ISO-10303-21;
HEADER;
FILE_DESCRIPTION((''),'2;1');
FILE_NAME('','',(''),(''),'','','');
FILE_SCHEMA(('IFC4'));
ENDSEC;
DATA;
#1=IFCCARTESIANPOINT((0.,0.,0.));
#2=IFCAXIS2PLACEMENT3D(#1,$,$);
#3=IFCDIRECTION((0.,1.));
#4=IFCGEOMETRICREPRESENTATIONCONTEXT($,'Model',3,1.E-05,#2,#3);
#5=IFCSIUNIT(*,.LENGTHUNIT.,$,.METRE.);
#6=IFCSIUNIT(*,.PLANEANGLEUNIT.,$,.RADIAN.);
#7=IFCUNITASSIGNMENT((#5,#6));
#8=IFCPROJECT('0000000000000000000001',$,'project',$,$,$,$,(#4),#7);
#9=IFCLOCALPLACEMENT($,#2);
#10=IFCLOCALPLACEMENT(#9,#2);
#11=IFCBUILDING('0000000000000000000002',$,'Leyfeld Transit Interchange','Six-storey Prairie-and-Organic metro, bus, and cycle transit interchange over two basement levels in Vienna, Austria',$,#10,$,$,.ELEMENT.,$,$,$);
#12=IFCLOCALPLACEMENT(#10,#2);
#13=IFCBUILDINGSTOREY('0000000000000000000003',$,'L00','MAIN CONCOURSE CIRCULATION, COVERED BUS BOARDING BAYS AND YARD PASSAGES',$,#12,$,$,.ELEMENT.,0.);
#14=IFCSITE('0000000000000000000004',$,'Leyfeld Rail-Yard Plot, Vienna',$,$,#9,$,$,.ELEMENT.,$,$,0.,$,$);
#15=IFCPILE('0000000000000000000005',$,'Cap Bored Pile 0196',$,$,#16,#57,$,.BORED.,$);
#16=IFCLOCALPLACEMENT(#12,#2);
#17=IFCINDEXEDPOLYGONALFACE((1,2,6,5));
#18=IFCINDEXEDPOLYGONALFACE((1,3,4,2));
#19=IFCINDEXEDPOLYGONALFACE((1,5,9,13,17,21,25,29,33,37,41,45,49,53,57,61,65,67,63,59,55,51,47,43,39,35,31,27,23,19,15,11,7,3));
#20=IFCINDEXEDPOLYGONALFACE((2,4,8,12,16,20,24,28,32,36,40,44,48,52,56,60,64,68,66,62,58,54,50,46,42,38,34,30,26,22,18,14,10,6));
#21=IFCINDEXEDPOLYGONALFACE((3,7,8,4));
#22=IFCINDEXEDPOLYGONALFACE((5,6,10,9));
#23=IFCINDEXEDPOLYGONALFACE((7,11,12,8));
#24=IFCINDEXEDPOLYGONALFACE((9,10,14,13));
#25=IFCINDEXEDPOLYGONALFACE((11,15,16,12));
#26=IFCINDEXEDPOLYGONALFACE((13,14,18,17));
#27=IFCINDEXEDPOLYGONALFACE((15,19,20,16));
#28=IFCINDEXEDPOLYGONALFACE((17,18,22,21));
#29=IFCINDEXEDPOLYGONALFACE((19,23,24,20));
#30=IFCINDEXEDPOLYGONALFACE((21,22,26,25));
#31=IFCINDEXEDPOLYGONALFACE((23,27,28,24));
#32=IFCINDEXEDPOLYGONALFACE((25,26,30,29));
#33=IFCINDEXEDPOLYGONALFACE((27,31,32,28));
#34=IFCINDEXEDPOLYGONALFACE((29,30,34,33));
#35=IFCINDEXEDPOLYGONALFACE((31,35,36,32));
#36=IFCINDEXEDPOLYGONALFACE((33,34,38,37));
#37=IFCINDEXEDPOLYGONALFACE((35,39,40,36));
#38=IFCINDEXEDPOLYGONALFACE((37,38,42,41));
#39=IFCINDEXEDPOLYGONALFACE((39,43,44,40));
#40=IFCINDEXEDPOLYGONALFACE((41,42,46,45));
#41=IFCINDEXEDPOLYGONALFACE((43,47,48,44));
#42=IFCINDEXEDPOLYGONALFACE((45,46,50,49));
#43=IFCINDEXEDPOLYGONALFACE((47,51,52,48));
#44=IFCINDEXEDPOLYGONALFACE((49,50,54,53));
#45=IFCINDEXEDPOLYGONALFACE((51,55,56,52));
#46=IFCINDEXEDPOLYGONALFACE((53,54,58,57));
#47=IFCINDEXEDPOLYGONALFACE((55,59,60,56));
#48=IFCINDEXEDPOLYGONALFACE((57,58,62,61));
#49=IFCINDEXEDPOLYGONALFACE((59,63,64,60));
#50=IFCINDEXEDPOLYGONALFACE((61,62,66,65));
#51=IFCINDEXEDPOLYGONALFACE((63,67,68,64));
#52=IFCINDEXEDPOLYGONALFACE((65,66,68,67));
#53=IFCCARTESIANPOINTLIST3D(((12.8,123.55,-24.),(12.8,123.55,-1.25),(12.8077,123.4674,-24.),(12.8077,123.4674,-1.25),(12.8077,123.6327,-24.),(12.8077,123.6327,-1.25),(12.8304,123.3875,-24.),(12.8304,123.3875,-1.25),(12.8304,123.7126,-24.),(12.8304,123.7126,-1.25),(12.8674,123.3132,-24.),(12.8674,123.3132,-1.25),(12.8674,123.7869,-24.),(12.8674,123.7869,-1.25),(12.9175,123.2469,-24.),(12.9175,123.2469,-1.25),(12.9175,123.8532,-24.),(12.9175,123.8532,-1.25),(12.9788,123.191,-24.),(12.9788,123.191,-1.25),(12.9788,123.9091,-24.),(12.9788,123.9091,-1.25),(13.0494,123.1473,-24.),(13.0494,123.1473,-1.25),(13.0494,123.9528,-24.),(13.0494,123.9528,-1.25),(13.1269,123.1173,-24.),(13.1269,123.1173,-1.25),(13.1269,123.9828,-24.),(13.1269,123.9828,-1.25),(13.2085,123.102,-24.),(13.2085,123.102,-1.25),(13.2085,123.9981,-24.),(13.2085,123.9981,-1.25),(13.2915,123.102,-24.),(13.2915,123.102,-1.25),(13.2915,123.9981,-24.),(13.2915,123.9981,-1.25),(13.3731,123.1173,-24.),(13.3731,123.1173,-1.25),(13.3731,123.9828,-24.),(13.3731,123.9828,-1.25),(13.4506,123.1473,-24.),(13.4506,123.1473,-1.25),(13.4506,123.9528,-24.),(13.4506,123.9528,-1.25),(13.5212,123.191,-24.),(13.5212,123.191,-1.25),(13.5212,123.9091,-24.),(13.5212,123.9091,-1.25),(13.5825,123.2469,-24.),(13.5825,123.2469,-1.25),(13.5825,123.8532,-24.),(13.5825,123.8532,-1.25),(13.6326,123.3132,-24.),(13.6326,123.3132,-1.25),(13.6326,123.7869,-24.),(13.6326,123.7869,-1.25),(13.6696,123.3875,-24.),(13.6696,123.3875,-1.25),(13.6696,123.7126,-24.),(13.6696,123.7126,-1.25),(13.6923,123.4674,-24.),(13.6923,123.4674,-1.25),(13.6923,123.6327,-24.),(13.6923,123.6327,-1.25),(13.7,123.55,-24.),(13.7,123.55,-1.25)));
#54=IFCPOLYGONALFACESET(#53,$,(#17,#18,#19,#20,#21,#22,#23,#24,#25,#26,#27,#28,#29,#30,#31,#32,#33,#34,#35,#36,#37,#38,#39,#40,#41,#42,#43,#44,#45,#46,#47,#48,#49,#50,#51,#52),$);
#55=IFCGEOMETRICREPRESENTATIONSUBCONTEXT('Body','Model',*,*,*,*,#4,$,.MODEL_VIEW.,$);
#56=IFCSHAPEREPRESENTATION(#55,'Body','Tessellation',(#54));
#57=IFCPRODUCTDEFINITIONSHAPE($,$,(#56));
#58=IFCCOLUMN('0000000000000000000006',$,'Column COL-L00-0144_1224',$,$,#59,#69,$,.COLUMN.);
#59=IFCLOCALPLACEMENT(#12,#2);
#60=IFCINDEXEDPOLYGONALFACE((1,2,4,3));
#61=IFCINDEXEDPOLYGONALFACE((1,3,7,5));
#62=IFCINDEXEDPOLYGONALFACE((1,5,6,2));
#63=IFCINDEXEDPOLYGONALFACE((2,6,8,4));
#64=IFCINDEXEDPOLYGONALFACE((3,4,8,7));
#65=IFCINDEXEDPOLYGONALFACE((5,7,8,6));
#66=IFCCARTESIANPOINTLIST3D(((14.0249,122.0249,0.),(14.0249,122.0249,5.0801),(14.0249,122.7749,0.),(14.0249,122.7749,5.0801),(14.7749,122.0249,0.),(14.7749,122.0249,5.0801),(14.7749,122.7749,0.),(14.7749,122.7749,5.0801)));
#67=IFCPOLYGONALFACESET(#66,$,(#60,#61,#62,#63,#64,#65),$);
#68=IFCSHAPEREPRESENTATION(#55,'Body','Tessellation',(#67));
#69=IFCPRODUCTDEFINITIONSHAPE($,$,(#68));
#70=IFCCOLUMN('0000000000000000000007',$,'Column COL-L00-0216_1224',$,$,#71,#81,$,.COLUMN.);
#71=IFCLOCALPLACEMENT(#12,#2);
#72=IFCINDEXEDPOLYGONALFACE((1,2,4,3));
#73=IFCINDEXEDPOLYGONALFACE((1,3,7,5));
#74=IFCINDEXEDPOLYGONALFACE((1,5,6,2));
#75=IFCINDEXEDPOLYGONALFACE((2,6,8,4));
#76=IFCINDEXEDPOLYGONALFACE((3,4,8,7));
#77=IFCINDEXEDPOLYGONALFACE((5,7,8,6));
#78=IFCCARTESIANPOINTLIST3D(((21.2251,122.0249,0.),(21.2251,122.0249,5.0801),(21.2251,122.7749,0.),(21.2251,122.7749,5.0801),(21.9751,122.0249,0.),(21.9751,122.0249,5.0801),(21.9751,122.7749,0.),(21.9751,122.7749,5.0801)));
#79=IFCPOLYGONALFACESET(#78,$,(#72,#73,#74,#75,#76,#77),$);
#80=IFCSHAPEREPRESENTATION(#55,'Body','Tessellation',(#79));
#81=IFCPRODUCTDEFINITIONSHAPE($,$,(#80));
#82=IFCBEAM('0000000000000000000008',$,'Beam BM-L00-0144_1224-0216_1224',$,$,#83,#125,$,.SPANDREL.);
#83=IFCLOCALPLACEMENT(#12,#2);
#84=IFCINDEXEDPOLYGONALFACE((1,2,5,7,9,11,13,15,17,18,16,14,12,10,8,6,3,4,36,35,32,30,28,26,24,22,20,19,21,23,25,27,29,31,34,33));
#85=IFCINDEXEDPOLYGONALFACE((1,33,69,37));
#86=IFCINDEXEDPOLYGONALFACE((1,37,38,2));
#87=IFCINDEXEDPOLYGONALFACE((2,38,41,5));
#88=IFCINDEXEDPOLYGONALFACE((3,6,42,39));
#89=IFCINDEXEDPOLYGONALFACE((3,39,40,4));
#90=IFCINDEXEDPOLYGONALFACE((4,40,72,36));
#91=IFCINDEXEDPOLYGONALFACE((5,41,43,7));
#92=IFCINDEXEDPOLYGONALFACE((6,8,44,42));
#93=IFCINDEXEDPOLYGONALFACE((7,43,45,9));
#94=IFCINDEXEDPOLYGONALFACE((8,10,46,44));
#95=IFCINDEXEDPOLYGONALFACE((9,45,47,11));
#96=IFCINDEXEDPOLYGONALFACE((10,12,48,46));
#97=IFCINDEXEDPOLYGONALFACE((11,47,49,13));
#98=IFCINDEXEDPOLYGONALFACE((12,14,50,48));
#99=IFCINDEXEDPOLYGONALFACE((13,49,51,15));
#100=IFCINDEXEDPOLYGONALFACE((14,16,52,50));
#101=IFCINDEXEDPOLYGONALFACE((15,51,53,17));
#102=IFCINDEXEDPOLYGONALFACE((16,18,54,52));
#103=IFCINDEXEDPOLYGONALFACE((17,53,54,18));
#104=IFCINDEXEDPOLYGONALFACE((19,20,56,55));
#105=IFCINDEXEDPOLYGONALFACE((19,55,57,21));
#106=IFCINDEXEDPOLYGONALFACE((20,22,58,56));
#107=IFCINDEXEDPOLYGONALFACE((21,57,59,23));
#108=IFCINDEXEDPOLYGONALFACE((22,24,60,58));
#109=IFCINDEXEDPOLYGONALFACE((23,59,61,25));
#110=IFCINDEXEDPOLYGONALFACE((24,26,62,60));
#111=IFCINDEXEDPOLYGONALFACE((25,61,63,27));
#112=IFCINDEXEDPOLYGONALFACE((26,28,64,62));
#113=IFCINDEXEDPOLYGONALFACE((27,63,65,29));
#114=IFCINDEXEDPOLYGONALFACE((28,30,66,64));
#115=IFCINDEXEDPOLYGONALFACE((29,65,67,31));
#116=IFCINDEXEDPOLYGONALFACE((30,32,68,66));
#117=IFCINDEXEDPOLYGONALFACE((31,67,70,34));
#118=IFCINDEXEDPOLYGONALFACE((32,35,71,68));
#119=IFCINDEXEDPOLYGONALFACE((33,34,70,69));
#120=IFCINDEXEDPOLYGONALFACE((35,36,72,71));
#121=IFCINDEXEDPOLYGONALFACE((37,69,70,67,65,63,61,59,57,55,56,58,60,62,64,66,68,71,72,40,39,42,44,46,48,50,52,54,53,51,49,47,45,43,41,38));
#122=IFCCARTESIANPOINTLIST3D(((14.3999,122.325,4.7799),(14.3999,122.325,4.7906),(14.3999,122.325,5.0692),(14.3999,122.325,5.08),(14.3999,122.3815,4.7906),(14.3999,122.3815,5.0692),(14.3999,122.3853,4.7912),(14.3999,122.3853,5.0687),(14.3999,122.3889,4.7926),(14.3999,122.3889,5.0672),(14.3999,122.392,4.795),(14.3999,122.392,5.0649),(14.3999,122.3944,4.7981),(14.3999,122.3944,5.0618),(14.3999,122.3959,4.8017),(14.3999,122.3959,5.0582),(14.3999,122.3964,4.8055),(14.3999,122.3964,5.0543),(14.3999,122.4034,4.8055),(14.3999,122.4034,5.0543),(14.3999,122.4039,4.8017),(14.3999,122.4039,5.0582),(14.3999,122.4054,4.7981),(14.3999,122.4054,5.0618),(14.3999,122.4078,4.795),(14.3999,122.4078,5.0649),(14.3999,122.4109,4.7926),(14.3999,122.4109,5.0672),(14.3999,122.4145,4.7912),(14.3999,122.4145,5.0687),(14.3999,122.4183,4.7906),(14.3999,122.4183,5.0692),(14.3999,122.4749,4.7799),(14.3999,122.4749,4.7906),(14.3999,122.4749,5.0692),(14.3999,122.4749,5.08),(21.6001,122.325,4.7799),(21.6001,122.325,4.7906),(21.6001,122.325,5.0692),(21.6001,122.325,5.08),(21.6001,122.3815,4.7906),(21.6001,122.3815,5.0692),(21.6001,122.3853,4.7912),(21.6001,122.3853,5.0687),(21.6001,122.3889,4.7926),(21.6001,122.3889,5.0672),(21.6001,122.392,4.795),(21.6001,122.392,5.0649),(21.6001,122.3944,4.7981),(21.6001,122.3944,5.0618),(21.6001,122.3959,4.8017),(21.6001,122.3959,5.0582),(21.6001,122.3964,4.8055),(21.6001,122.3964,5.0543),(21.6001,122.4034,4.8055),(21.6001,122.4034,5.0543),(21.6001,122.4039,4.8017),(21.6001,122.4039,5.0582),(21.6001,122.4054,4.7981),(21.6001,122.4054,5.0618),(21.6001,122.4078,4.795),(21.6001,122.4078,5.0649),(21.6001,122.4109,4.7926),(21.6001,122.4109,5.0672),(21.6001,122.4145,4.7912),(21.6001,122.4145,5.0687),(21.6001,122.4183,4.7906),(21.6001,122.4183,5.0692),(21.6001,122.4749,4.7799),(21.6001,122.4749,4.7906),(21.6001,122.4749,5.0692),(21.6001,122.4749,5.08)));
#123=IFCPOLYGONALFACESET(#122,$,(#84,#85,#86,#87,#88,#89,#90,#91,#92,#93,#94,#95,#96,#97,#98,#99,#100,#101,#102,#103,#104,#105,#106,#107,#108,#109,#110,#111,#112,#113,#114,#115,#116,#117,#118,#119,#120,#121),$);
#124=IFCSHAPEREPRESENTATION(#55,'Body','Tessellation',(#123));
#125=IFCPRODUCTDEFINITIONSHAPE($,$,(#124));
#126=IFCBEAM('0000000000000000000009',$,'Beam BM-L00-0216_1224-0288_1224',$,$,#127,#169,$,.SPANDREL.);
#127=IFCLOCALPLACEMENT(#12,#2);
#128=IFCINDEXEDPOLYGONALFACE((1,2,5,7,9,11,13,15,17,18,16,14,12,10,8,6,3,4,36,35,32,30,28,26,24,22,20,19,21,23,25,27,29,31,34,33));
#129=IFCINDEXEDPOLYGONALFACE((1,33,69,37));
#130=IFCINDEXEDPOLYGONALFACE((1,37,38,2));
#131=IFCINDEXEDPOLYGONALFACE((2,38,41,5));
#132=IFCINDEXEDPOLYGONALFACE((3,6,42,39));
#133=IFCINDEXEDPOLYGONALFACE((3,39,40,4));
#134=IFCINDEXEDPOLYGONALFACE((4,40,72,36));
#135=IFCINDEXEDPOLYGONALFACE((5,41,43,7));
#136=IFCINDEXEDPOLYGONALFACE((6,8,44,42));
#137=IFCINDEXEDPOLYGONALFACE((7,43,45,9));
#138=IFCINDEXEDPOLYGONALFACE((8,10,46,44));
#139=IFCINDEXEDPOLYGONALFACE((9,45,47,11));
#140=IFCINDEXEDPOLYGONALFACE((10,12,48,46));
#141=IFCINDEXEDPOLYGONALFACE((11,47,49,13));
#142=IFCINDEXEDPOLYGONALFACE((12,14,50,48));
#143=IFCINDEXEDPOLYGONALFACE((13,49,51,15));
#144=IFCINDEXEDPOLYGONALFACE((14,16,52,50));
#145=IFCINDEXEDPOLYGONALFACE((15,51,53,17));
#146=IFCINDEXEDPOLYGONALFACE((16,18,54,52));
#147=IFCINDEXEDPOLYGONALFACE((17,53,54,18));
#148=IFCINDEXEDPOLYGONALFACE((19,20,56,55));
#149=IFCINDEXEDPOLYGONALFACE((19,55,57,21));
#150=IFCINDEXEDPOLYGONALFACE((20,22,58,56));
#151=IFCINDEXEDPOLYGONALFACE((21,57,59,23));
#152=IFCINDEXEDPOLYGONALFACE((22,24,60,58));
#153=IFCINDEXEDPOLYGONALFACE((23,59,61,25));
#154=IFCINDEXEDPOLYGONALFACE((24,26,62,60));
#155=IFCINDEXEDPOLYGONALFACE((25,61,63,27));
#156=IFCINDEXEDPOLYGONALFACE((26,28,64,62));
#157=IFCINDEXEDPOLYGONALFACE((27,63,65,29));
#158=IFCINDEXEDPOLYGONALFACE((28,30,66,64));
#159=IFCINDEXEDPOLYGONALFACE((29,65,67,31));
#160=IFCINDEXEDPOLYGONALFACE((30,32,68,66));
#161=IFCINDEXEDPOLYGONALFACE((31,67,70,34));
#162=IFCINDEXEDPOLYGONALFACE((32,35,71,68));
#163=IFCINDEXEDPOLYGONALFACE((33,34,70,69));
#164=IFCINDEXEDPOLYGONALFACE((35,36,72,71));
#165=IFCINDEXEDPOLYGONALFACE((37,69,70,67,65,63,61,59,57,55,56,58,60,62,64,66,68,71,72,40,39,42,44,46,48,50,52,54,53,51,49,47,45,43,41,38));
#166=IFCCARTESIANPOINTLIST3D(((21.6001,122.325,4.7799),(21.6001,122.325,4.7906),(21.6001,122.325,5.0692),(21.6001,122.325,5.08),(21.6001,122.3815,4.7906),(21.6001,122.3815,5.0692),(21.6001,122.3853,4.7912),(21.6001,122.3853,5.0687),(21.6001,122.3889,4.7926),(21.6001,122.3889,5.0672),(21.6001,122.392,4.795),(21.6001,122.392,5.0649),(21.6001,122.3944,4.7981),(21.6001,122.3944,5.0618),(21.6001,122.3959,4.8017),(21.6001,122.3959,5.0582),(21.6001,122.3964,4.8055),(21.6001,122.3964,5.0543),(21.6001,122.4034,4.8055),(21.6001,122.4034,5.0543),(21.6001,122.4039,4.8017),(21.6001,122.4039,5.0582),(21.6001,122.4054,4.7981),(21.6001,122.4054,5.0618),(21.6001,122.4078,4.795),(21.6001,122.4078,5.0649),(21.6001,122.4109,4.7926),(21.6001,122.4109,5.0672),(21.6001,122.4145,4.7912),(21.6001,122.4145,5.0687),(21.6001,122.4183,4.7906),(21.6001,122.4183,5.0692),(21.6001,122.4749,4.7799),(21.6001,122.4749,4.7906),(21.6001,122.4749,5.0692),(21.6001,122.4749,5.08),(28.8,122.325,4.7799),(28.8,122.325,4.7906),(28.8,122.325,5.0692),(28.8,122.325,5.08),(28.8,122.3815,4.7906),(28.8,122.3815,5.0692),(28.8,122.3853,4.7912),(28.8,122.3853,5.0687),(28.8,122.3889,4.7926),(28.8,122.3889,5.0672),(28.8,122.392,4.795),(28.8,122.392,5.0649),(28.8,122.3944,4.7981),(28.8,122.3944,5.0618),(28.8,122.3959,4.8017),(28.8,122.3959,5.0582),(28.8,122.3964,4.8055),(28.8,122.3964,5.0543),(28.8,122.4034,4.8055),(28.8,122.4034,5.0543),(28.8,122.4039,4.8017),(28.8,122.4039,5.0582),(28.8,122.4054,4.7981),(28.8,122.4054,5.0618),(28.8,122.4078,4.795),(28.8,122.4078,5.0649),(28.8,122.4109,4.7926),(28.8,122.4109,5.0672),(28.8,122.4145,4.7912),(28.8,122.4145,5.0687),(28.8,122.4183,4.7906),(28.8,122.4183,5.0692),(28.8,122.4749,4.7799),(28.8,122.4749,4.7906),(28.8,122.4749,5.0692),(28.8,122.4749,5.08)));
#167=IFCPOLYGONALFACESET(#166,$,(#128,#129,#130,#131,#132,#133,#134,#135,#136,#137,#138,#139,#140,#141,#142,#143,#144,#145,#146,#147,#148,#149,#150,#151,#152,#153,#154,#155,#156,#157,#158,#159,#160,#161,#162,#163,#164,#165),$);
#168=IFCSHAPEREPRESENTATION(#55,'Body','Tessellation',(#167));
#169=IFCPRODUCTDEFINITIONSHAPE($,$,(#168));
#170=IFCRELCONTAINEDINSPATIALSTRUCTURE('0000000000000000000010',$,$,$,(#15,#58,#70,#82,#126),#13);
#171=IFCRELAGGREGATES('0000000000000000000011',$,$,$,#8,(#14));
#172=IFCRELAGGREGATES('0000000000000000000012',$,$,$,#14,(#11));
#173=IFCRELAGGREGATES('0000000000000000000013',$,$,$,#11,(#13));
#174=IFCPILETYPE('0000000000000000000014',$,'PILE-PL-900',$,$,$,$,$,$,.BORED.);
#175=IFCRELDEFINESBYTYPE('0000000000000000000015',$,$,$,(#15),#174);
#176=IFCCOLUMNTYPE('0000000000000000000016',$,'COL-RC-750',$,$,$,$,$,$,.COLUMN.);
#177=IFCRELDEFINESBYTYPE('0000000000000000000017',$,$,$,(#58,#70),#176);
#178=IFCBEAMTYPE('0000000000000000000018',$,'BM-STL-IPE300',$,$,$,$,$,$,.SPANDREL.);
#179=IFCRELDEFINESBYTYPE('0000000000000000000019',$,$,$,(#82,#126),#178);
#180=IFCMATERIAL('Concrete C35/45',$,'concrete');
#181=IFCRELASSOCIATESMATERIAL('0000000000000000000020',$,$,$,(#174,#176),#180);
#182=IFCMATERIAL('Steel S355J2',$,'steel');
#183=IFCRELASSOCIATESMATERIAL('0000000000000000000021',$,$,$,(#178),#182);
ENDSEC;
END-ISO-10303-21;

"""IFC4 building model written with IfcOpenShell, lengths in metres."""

from ifc_helpers import new_model, si_unit, direction, frame, origin, origin_2d, place, context, subcontext, project, spatial, rectangle, circle, i_section, extrude, material, material_profile, profile_set, type_object, element, save


model = new_model("IFC4")

# Units and contexts
model_context = context("Model", 3, precision=1e-05, world=origin(), true_north=direction((0.0, 1.0)))
body_context = subcontext(model_context, "Body", "Model", "MODEL_VIEW")
ifc_project = project(units=[si_unit("LENGTHUNIT", "METRE"), si_unit("PLANEANGLEUNIT", "RADIAN")], contexts=[model_context])

# Site, building, storey
site_placement = place(None, origin())
site = spatial("IfcSite", under=ifc_project, at=site_placement, Name="Leyfeld Rail-Yard Plot, Vienna", CompositionType="ELEMENT", RefElevation=0.0)
building_placement = place(site_placement, origin())
building = spatial("IfcBuilding", under=site, at=building_placement, Name="Leyfeld Transit Interchange", Description="Six-storey Prairie-and-Organic metro, bus, and cycle transit interchange over two basement levels in Vienna, Austria", CompositionType="ELEMENT")
storey_placement = place(building_placement, origin())
storey = spatial("IfcBuildingStorey", under=building, at=storey_placement, Name="L00", Description="MAIN CONCOURSE CIRCULATION, COVERED BUS BOARDING BAYS AND YARD PASSAGES", CompositionType="ELEMENT", Elevation=0.0)

# Shared definitions
ifc_material_1 = material(Name="Concrete C35/45", Category="concrete")

# Pile
ifc_material_profile_1 = material_profile(ifc_material_1, circle(Radius=0.45, at=origin_2d()), Name="PILE D900")
ifc_profile_set_1 = profile_set([ifc_material_profile_1], Name="Concrete C35/45")
pile_type = type_object("IfcPileType", Name="PILE-PL-900", PredefinedType="BORED", material=ifc_profile_set_1)
for number, where, z_axis, x_axis, name in (
    (1, (13.25, 123.55, -1.25), (0.0, 0.0, -1.0), (1.0, 0.0, 0.0), "Cap Bored Pile 0196"),
):
    element("IfcPile", number, at=place(storey_placement, frame(where, z_axis=z_axis, x_axis=x_axis)), inside=storey, type_object=pile_type, Name=name, PredefinedType="BORED", context=body_context, shape_type="SweptSolid", body=[
        extrude(circle(Radius=0.45, at=origin_2d()), origin(), (0.0, 0.0, 1.0), 22.75),
    ])

# Columns
ifc_material_profile_2 = material_profile(ifc_material_1, rectangle(XDim=0.75, YDim=0.75, at=origin_2d()), Name="RC 750x750")
ifc_profile_set_2 = profile_set([ifc_material_profile_2], Name="Concrete C35/45")
column_type = type_object("IfcColumnType", Name="COL-RC-750", PredefinedType="COLUMN", material=ifc_profile_set_2)
for number, where, z_axis, x_axis, name in (
    (2, (14.3999, 122.3999, 0.0), (0.0, 0.0, 1.0), (1.0, 0.0, 0.0), "Column COL-L00-0144_1224"),
    (3, (21.6001, 122.3999, 0.0), (0.0, 0.0, 1.0), (1.0, 0.0, 0.0), "Column COL-L00-0216_1224"),
):
    element("IfcColumn", number, at=place(storey_placement, frame(where, z_axis=z_axis, x_axis=x_axis)), inside=storey, type_object=column_type, Name=name, PredefinedType="COLUMN", context=body_context, shape_type="SweptSolid", body=[
        extrude(rectangle(XDim=0.75, YDim=0.75, at=origin_2d()), origin(), (0.0, 0.0, 1.0), 5.0801),
    ])

# Beams
ifc_material_2 = material(Name="Steel S355J2", Category="steel")
ifc_material_profile_3 = material_profile(ifc_material_2, i_section(OverallWidth=0.1499, OverallDepth=0.3, WebThickness=0.0071, FlangeThickness=0.0107, FilletRadius=0.0149, at=origin_2d()), Name="IPE 300")
ifc_profile_set_3 = profile_set([ifc_material_profile_3], Name="Steel S355J2")
beam_type_1 = type_object("IfcBeamType", Name="BM-STL-IPE300", PredefinedType="SPANDREL", material=ifc_profile_set_3)
beam_1_placement = place(storey_placement, frame((14.3999, 122.3999, 4.9299), z_axis=(1.0, 0.0, 0.0), x_axis=(0.0, 1.0, 0.0)))
element("IfcBeam", 4, at=beam_1_placement, inside=storey, type_object=beam_type_1, Name="Beam BM-L00-0144_1224-0216_1224", PredefinedType="SPANDREL", context=body_context, shape_type="SweptSolid", body=[
    extrude(i_section(OverallWidth=0.1499, OverallDepth=0.3, WebThickness=0.0071, FlangeThickness=0.0107, FilletRadius=0.0149, at=origin_2d()), origin(), (0.0, 0.0, 1.0), 7.2002),
])
beam_2_placement = place(storey_placement, frame((21.6001, 122.3999, 4.9299), z_axis=(1.0, 0.0, 0.0), x_axis=(0.0, 1.0, 0.0)))
element("IfcBeam", 5, at=beam_2_placement, inside=storey, type_object=beam_type_1, Name="Beam BM-L00-0216_1224-0288_1224", PredefinedType="SPANDREL", context=body_context, shape_type="SweptSolid", body=[
    extrude(i_section(OverallWidth=0.1499, OverallDepth=0.3, WebThickness=0.0071, FlangeThickness=0.0107, FilletRadius=0.0149, at=origin_2d()), origin(), (0.0, 0.0, 1.0), 7.2),
])

save(model, "model.ifc")
